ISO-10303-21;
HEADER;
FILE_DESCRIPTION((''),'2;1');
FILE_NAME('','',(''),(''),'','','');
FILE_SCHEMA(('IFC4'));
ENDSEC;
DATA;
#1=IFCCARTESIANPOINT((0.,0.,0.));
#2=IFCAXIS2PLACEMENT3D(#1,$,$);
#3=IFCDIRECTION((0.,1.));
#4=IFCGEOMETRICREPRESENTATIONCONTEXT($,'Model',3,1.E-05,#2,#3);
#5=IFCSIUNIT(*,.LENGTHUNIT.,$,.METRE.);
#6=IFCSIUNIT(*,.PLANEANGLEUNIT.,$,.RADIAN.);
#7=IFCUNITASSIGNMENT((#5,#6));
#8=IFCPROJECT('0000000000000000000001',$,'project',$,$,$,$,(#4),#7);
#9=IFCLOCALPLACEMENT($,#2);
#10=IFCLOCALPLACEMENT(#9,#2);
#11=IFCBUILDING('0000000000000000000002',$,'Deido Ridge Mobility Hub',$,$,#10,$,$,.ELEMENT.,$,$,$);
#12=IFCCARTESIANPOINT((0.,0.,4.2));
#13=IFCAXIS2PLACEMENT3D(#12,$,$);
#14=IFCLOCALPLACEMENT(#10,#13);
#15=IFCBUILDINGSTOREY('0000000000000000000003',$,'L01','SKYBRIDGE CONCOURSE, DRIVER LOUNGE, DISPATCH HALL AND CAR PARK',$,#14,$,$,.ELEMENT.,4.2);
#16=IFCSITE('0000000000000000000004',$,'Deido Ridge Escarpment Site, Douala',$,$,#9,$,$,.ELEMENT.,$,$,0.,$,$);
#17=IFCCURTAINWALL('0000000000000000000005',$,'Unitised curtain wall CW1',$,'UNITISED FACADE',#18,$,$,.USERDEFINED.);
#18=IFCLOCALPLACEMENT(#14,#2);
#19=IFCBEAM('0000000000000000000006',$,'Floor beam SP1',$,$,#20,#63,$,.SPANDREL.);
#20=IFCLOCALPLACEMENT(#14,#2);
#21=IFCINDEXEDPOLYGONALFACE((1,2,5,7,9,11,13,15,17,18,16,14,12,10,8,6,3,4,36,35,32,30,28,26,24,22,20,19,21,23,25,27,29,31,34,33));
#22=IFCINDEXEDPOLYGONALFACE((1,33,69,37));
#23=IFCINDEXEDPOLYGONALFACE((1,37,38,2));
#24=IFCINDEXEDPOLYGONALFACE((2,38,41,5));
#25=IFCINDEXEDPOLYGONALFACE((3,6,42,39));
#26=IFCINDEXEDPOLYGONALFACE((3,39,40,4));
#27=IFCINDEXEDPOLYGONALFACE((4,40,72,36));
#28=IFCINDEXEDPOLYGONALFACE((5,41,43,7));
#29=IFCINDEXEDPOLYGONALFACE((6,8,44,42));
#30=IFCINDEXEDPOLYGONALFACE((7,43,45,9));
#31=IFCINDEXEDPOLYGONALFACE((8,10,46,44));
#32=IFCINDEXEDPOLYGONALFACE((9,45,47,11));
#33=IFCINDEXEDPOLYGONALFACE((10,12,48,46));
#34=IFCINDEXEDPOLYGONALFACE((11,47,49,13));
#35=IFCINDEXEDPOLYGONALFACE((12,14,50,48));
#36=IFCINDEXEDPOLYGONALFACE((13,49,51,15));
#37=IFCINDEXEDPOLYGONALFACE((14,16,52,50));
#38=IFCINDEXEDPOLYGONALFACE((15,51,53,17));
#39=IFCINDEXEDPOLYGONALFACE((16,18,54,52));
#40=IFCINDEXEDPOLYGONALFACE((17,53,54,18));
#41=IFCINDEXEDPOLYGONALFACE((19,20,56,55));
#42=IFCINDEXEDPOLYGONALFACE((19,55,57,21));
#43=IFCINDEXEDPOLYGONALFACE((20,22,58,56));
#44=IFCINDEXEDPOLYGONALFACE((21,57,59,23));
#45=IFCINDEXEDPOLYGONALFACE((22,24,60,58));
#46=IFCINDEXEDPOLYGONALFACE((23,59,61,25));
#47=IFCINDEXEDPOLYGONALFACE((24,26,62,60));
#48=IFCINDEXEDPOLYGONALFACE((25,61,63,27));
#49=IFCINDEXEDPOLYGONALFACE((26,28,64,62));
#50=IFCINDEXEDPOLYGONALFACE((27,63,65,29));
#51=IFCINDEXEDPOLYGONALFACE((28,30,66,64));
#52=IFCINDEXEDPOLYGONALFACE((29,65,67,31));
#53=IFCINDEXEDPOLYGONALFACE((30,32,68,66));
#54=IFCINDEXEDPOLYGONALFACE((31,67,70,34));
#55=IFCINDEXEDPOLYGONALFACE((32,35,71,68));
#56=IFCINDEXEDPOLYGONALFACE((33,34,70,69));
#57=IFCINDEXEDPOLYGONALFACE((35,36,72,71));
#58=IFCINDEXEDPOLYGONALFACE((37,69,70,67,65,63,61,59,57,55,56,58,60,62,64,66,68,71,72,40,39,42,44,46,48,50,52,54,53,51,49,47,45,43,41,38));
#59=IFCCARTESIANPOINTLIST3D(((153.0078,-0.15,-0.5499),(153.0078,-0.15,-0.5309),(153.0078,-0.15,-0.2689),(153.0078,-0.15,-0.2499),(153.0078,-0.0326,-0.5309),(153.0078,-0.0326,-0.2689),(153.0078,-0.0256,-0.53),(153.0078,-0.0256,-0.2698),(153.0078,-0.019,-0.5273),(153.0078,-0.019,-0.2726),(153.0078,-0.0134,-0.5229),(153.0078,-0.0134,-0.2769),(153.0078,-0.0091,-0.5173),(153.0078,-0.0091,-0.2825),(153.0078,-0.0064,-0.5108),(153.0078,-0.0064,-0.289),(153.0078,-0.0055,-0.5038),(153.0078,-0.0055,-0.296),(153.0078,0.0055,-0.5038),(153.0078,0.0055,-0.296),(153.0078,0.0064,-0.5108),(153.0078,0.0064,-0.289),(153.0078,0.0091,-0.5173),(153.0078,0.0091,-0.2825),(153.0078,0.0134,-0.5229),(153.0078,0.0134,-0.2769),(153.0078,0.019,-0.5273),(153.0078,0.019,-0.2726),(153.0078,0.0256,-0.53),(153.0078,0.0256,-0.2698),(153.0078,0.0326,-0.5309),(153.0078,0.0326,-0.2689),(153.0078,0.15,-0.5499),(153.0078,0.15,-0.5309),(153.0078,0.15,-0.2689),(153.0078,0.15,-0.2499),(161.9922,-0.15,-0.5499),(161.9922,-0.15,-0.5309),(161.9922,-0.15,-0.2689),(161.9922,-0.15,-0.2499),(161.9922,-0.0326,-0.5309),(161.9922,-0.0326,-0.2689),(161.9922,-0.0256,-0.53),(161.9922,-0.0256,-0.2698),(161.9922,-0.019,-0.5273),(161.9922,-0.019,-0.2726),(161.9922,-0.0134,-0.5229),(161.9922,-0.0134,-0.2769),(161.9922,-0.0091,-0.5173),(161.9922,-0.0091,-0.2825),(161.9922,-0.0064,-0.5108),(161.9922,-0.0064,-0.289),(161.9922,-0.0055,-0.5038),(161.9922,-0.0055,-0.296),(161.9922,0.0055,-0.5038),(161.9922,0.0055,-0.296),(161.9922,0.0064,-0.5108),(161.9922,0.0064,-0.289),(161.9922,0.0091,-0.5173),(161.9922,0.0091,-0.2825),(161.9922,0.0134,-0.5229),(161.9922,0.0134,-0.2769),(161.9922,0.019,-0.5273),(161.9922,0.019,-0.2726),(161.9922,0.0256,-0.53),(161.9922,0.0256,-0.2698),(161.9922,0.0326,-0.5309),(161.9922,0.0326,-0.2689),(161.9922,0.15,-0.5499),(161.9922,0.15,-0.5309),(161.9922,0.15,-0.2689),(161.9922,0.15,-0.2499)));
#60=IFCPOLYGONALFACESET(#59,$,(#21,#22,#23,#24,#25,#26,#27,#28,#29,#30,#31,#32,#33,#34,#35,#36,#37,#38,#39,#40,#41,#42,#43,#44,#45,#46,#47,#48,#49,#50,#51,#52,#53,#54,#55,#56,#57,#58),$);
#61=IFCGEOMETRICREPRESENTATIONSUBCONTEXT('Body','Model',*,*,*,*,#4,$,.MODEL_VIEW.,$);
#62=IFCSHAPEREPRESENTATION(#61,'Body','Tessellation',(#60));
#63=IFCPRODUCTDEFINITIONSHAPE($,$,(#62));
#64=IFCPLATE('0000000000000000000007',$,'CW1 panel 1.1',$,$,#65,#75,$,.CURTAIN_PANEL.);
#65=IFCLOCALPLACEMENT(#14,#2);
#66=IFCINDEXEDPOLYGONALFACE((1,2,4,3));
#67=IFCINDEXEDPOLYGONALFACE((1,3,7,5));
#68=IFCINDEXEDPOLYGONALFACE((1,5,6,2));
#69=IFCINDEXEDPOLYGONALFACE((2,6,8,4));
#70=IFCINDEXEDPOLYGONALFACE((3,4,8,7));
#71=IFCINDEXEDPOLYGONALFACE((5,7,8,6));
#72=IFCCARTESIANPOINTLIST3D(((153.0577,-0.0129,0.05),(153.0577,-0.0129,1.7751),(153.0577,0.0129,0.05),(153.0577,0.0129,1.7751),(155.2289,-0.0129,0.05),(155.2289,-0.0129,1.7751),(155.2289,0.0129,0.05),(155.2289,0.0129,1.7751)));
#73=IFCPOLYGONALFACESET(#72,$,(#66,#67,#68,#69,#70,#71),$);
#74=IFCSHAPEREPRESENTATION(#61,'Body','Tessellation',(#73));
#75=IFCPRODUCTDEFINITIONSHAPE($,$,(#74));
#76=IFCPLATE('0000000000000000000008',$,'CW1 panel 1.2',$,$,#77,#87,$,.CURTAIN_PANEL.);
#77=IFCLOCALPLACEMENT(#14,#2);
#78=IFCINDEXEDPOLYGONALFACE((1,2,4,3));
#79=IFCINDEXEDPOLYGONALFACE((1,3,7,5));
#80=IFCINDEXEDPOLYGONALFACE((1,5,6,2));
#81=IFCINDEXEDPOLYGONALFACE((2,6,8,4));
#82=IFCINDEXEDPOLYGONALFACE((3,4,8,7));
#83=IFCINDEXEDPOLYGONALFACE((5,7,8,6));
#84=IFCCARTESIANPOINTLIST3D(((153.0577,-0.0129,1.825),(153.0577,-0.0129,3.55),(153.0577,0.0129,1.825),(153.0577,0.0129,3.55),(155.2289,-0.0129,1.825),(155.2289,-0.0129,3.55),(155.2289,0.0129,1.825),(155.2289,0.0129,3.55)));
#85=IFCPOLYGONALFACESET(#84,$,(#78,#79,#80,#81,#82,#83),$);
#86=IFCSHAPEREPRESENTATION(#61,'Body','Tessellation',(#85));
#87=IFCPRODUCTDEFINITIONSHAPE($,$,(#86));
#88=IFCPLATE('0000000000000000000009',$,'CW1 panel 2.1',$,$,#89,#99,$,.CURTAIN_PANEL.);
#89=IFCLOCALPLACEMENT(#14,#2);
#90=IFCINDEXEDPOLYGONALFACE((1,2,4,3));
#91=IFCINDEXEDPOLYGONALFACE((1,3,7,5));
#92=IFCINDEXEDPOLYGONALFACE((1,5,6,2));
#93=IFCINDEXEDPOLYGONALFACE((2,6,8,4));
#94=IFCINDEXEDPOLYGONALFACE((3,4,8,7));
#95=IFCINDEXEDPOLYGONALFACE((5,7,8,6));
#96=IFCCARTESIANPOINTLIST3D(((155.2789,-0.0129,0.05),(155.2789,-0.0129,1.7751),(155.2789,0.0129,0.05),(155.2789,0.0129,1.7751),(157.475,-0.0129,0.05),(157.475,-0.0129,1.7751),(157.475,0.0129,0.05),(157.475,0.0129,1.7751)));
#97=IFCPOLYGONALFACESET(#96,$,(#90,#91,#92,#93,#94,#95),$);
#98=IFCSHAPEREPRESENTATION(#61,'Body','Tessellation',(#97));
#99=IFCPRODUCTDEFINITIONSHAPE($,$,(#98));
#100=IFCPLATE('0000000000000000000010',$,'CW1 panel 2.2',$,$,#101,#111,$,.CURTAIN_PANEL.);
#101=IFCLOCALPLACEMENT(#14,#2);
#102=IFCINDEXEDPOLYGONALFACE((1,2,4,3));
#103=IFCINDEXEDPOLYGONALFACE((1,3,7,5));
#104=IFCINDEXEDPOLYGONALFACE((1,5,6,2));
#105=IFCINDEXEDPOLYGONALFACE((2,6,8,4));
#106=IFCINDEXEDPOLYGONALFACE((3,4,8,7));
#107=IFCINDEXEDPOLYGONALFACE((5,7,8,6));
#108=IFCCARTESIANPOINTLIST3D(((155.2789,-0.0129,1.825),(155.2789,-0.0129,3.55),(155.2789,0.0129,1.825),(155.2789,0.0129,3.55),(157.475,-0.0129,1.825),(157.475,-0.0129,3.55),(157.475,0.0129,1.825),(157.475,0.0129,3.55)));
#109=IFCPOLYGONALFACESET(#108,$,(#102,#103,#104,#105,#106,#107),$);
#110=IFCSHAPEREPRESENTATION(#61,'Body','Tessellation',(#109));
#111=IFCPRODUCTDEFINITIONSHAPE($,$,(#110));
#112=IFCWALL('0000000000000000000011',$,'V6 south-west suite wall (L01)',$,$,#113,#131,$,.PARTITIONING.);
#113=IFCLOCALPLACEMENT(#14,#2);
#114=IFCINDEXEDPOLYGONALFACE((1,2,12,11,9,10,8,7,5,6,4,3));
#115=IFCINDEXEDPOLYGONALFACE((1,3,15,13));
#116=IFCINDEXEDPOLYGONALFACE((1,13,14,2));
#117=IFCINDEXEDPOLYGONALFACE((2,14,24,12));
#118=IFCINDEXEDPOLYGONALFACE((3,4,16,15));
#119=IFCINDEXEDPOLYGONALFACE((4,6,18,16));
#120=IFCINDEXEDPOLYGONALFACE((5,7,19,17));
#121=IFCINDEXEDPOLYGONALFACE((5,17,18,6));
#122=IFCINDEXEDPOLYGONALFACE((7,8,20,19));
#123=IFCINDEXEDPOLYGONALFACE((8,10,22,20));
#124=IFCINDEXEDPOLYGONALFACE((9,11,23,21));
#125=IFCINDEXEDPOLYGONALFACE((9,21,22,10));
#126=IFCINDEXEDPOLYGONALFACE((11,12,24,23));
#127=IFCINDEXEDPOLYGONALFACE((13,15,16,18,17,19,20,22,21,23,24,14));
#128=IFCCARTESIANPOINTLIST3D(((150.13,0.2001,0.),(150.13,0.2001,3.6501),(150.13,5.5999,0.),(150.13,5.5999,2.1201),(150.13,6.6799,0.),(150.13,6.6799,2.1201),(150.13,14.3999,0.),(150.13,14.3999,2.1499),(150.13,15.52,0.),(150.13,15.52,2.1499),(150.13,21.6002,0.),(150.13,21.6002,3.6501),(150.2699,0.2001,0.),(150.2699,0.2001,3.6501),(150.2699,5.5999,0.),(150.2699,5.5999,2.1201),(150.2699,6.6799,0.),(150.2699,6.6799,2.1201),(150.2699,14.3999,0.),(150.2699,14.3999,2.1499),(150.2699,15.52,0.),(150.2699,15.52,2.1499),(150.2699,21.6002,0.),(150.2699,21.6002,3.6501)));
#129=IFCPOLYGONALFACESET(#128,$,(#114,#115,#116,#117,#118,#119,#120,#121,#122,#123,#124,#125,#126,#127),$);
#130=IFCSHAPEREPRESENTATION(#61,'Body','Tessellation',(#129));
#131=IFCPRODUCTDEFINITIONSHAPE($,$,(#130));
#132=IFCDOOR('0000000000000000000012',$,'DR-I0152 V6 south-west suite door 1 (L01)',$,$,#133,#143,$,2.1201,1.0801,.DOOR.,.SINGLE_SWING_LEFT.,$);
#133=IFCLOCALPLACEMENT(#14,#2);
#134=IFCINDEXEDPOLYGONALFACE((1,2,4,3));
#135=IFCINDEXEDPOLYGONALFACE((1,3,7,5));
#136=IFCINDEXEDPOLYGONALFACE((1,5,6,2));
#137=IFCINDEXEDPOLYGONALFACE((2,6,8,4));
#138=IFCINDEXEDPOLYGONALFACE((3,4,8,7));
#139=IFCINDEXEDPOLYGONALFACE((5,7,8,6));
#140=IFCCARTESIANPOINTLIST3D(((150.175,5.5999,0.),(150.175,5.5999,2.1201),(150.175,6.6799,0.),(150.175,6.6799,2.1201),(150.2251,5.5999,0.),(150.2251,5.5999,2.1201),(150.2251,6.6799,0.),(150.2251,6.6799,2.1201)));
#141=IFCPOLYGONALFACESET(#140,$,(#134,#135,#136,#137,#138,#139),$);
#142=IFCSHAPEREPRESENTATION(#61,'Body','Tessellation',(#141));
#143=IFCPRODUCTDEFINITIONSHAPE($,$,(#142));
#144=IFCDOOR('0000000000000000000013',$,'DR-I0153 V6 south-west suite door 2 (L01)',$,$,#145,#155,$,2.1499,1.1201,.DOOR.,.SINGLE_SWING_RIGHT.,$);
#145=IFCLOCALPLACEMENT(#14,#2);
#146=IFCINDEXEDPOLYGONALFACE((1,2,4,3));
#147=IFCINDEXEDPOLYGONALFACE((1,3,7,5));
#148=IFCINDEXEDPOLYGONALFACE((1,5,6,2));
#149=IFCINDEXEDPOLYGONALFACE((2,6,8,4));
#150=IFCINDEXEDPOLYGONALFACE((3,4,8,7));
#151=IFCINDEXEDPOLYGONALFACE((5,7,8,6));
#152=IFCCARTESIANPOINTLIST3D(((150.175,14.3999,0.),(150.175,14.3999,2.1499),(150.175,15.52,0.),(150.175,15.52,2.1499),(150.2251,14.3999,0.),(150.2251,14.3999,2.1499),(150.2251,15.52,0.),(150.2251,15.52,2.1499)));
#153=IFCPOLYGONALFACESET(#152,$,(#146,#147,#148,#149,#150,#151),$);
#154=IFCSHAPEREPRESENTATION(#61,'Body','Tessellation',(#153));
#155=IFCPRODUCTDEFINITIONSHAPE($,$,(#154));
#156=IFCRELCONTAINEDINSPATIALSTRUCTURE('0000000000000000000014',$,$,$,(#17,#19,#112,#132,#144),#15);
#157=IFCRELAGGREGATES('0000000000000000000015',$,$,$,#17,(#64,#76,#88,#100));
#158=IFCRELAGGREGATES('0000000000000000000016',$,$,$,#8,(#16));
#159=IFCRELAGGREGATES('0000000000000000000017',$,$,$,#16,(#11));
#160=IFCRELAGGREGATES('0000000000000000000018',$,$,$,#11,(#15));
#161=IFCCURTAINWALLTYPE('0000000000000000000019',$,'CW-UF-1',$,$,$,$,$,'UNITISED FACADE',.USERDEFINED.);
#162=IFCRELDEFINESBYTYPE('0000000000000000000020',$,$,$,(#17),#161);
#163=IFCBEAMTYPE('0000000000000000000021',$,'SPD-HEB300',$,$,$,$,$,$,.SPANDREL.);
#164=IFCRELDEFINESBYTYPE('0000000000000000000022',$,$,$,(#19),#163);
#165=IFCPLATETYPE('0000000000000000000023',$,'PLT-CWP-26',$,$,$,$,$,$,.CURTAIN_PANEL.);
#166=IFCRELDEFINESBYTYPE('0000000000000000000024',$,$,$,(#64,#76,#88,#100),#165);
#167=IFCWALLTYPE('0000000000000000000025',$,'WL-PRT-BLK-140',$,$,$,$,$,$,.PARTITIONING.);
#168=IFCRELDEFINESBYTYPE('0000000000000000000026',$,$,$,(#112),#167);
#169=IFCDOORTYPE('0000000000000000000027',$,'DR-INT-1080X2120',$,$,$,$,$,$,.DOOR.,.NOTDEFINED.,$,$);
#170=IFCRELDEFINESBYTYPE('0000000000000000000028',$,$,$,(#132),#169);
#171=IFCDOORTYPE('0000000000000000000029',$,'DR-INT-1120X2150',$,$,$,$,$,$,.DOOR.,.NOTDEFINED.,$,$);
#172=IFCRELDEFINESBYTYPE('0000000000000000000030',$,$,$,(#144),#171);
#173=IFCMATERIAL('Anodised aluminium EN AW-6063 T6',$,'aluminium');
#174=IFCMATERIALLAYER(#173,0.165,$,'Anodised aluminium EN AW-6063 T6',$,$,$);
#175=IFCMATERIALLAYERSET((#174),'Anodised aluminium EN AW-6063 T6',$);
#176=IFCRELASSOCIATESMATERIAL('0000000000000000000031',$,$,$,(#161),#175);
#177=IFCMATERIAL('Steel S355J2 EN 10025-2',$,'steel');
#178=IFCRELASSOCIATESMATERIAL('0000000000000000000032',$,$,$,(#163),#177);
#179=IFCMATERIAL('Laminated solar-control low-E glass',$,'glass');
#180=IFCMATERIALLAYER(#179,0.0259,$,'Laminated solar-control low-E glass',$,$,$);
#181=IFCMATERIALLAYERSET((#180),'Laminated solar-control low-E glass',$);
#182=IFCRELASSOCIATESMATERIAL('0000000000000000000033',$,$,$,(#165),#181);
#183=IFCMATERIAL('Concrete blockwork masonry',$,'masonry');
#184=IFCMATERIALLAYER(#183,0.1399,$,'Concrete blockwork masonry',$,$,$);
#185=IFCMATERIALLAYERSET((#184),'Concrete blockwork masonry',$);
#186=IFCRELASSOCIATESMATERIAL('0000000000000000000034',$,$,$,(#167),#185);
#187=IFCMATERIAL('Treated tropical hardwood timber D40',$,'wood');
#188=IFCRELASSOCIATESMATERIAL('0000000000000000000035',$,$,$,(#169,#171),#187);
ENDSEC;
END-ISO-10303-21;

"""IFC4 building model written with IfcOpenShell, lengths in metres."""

from ifc_helpers import new_model, si_unit, direction, frame, frame_2d, origin, origin_2d, place, context, subcontext, project, spatial, rectangle, i_section, extrude, material, layer, layer_set, material_profile, profile_set, type_object, element, fill, aggregate, save


model = new_model("IFC4")

# Units and contexts
model_context = context("Model", 3, precision=1e-05, world=origin(), true_north=direction((0.0, 1.0)))
body_context = subcontext(model_context, "Body", "Model", "MODEL_VIEW")
ifc_project = project(units=[si_unit("LENGTHUNIT", "METRE"), si_unit("PLANEANGLEUNIT", "RADIAN")], contexts=[model_context])

# Site, building, storey
site_placement = place(None, origin())
site = spatial("IfcSite", under=ifc_project, at=site_placement, Name="Deido Ridge Escarpment Site, Douala", CompositionType="ELEMENT", RefElevation=0.0)
building_placement = place(site_placement, origin())
building = spatial("IfcBuilding", under=site, at=building_placement, Name="Deido Ridge Mobility Hub", CompositionType="ELEMENT")
storey_placement = place(building_placement, frame((0.0, 0.0, 4.2)))
storey = spatial("IfcBuildingStorey", under=building, at=storey_placement, Name="L01", Description="SKYBRIDGE CONCOURSE, DRIVER LOUNGE, DISPATCH HALL AND CAR PARK", CompositionType="ELEMENT", Elevation=4.2)

# Shared definitions
ifc_material_1 = material(Name="Steel S355J2 EN 10025-2", Category="steel")

# Curtain wall
ifc_material_2 = material(Name="Anodised aluminium EN AW-6063 T6", Category="aluminium")
ifc_layer_1 = layer(ifc_material_2, 0.165, Name="Anodised aluminium EN AW-6063 T6")
ifc_layer_set_1 = layer_set([ifc_layer_1], Name="Anodised aluminium EN AW-6063 T6")
curtain_wall_type = type_object("IfcCurtainWallType", Name="CW-UF-1", ElementType="UNITISED FACADE", PredefinedType="USERDEFINED", material=ifc_layer_set_1)
curtain_wall_placement = place(storey_placement, origin())
curtain_wall = element("IfcCurtainWall", 1, at=curtain_wall_placement, inside=storey, type_object=curtain_wall_type, Name="Unitised curtain wall CW1", ObjectType="UNITISED FACADE", PredefinedType="USERDEFINED")

# Beam
ifc_material_profile_1 = material_profile(ifc_material_1, i_section(OverallWidth=0.3, OverallDepth=0.3, WebThickness=0.011, FlangeThickness=0.019, FilletRadius=0.0271, at=origin_2d()), Name="HEB 300")
ifc_profile_set_1 = profile_set([ifc_material_profile_1], Name="Steel S355J2 EN 10025-2")
beam_type_1 = type_object("IfcBeamType", Name="SPD-HEB300", PredefinedType="SPANDREL", material=ifc_profile_set_1)
beam_1_placement = place(storey_placement, frame((153.0078, 0.0, -0.3999), z_axis=(1.0, 0.0, 0.0), x_axis=(0.0, 1.0, 0.0)))
element("IfcBeam", 2, at=beam_1_placement, inside=storey, type_object=beam_type_1, Name="Floor beam SP1", PredefinedType="SPANDREL", context=body_context, shape_type="SweptSolid", body=[
    extrude(i_section(OverallWidth=0.3, OverallDepth=0.3, WebThickness=0.011, FlangeThickness=0.019, FilletRadius=0.0271, at=origin_2d()), origin(), (0.0, 0.0, 1.0), 8.9844),
])

# Plates
ifc_material_3 = material(Name="Laminated solar-control low-E glass", Category="glass")
ifc_layer_2 = layer(ifc_material_3, 0.0259, Name="Laminated solar-control low-E glass")
ifc_layer_set_2 = layer_set([ifc_layer_2], Name="Laminated solar-control low-E glass")
plate_type = type_object("IfcPlateType", Name="PLT-CWP-26", PredefinedType="CURTAIN_PANEL", material=ifc_layer_set_2)
plate_1_placement = place(storey_placement, frame((154.1433, 0.0, 0.05), z_axis=(0.0, 0.0, 1.0), x_axis=(1.0, 0.0, 0.0)))
plate_1 = element("IfcPlate", 3, at=plate_1_placement, type_object=plate_type, Name="CW1 panel 1.1", PredefinedType="CURTAIN_PANEL", context=body_context, shape_type="SweptSolid", body=[
    extrude(rectangle(XDim=2.1711, YDim=0.0259, at=origin_2d()), origin(), (0.0, 0.0, 1.0), 1.7251),
])
plate_2_placement = place(storey_placement, frame((154.1433, 0.0, 1.825), z_axis=(0.0, 0.0, 1.0), x_axis=(1.0, 0.0, 0.0)))
plate_2 = element("IfcPlate", 4, at=plate_2_placement, type_object=plate_type, Name="CW1 panel 1.2", PredefinedType="CURTAIN_PANEL", context=body_context, shape_type="SweptSolid", body=[
    extrude(rectangle(XDim=2.1711, YDim=0.0259, at=origin_2d()), origin(), (0.0, 0.0, 1.0), 1.7251),
])
plate_3_placement = place(storey_placement, frame((156.377, 0.0, 0.05), z_axis=(0.0, 0.0, 1.0), x_axis=(1.0, 0.0, 0.0)))
plate_3 = element("IfcPlate", 5, at=plate_3_placement, type_object=plate_type, Name="CW1 panel 2.1", PredefinedType="CURTAIN_PANEL", context=body_context, shape_type="SweptSolid", body=[
    extrude(rectangle(XDim=2.196, YDim=0.0259, at=origin_2d()), origin(), (0.0, 0.0, 1.0), 1.7251),
])
plate_4_placement = place(storey_placement, frame((156.377, 0.0, 1.825), z_axis=(0.0, 0.0, 1.0), x_axis=(1.0, 0.0, 0.0)))
plate_4 = element("IfcPlate", 6, at=plate_4_placement, type_object=plate_type, Name="CW1 panel 2.2", PredefinedType="CURTAIN_PANEL", context=body_context, shape_type="SweptSolid", body=[
    extrude(rectangle(XDim=2.196, YDim=0.0259, at=origin_2d()), origin(), (0.0, 0.0, 1.0), 1.7251),
])
aggregate(curtain_wall, [plate_1, plate_2, plate_3, plate_4])

# Wall, openings, doors
ifc_material_4 = material(Name="Concrete blockwork masonry", Category="masonry")
ifc_layer_3 = layer(ifc_material_4, 0.1399, Name="Concrete blockwork masonry")
ifc_layer_set_3 = layer_set([ifc_layer_3], Name="Concrete blockwork masonry")
wall_type = type_object("IfcWallType", Name="WL-PRT-BLK-140", PredefinedType="PARTITIONING", material=ifc_layer_set_3)
wall_placement = place(storey_placement, frame((150.2, 0.2, 0.0), z_axis=(0.0, 0.0, 1.0), x_axis=(0.0, 1.0, 0.0)))
wall = element("IfcWall", 7, at=wall_placement, inside=storey, type_object=wall_type, Name="V6 south-west suite wall (L01)", PredefinedType="PARTITIONING", context=body_context, shape_type="SweptSolid", body=[
    extrude(rectangle(XDim=21.4001, YDim=0.1399, at=frame_2d((10.7002, 0.0))), origin(), (0.0, 0.0, 1.0), 3.6501),
])
opening_1_placement = place(wall_placement, frame((5.3999, 0.0, 0.0)))
opening_1 = element("IfcOpeningElement", 8, at=opening_1_placement, cuts=wall, PredefinedType="OPENING", context=body_context, shape_type="SweptSolid", body=[
    extrude(rectangle(XDim=1.0801, YDim=2.1201, at=frame_2d((0.54, 1.0601))), frame((0.0, 0.0801, 0.0), z_axis=(0.0, -1.0, 0.0), x_axis=(1.0, 0.0, 0.0)), (0.0, 0.0, 1.0), 0.1599),
])
opening_2_placement = place(wall_placement, frame((14.2, 0.0, 0.0)))
opening_2 = element("IfcOpeningElement", 9, at=opening_2_placement, cuts=wall, PredefinedType="OPENING", context=body_context, shape_type="SweptSolid", body=[
    extrude(rectangle(XDim=1.1201, YDim=2.1499, at=frame_2d((0.5601, 1.075))), frame((0.0, 0.0801, 0.0), z_axis=(0.0, -1.0, 0.0), x_axis=(1.0, 0.0, 0.0)), (0.0, 0.0, 1.0), 0.1599),
])
ifc_material_5 = material(Name="Treated tropical hardwood timber D40", Category="wood")
door_type_1 = type_object("IfcDoorType", Name="DR-INT-1080X2120", OperationType="NOTDEFINED", PredefinedType="DOOR", material=ifc_material_5)
door_1_placement = place(opening_1_placement, origin())
door_1 = element("IfcDoor", 10, at=door_1_placement, inside=storey, type_object=door_type_1, Name="DR-I0152 V6 south-west suite door 1 (L01)", OperationType="SINGLE_SWING_LEFT", OverallHeight=2.1201, OverallWidth=1.0801, PredefinedType="DOOR", context=body_context, shape_type="SweptSolid", body=[
    extrude(rectangle(XDim=1.0801, YDim=2.1201, at=frame_2d((0.54, 1.0601))), frame((0.0, 0.0249, 0.0), z_axis=(0.0, -1.0, 0.0), x_axis=(1.0, 0.0, 0.0)), (0.0, 0.0, 1.0), 0.05),
])
fill(opening_1, door_1)
door_type_2 = type_object("IfcDoorType", Name="DR-INT-1120X2150", OperationType="NOTDEFINED", PredefinedType="DOOR", material=ifc_material_5)
door_2_placement = place(opening_2_placement, origin())
door_2 = element("IfcDoor", 11, at=door_2_placement, inside=storey, type_object=door_type_2, Name="DR-I0153 V6 south-west suite door 2 (L01)", OperationType="SINGLE_SWING_RIGHT", OverallHeight=2.1499, OverallWidth=1.1201, PredefinedType="DOOR", context=body_context, shape_type="SweptSolid", body=[
    extrude(rectangle(XDim=1.1201, YDim=2.1499, at=frame_2d((0.5601, 1.075))), frame((0.0, 0.0249, 0.0), z_axis=(0.0, -1.0, 0.0), x_axis=(1.0, 0.0, 0.0)), (0.0, 0.0, 1.0), 0.05),
])
fill(opening_2, door_2)

save(model, "model.ifc")
